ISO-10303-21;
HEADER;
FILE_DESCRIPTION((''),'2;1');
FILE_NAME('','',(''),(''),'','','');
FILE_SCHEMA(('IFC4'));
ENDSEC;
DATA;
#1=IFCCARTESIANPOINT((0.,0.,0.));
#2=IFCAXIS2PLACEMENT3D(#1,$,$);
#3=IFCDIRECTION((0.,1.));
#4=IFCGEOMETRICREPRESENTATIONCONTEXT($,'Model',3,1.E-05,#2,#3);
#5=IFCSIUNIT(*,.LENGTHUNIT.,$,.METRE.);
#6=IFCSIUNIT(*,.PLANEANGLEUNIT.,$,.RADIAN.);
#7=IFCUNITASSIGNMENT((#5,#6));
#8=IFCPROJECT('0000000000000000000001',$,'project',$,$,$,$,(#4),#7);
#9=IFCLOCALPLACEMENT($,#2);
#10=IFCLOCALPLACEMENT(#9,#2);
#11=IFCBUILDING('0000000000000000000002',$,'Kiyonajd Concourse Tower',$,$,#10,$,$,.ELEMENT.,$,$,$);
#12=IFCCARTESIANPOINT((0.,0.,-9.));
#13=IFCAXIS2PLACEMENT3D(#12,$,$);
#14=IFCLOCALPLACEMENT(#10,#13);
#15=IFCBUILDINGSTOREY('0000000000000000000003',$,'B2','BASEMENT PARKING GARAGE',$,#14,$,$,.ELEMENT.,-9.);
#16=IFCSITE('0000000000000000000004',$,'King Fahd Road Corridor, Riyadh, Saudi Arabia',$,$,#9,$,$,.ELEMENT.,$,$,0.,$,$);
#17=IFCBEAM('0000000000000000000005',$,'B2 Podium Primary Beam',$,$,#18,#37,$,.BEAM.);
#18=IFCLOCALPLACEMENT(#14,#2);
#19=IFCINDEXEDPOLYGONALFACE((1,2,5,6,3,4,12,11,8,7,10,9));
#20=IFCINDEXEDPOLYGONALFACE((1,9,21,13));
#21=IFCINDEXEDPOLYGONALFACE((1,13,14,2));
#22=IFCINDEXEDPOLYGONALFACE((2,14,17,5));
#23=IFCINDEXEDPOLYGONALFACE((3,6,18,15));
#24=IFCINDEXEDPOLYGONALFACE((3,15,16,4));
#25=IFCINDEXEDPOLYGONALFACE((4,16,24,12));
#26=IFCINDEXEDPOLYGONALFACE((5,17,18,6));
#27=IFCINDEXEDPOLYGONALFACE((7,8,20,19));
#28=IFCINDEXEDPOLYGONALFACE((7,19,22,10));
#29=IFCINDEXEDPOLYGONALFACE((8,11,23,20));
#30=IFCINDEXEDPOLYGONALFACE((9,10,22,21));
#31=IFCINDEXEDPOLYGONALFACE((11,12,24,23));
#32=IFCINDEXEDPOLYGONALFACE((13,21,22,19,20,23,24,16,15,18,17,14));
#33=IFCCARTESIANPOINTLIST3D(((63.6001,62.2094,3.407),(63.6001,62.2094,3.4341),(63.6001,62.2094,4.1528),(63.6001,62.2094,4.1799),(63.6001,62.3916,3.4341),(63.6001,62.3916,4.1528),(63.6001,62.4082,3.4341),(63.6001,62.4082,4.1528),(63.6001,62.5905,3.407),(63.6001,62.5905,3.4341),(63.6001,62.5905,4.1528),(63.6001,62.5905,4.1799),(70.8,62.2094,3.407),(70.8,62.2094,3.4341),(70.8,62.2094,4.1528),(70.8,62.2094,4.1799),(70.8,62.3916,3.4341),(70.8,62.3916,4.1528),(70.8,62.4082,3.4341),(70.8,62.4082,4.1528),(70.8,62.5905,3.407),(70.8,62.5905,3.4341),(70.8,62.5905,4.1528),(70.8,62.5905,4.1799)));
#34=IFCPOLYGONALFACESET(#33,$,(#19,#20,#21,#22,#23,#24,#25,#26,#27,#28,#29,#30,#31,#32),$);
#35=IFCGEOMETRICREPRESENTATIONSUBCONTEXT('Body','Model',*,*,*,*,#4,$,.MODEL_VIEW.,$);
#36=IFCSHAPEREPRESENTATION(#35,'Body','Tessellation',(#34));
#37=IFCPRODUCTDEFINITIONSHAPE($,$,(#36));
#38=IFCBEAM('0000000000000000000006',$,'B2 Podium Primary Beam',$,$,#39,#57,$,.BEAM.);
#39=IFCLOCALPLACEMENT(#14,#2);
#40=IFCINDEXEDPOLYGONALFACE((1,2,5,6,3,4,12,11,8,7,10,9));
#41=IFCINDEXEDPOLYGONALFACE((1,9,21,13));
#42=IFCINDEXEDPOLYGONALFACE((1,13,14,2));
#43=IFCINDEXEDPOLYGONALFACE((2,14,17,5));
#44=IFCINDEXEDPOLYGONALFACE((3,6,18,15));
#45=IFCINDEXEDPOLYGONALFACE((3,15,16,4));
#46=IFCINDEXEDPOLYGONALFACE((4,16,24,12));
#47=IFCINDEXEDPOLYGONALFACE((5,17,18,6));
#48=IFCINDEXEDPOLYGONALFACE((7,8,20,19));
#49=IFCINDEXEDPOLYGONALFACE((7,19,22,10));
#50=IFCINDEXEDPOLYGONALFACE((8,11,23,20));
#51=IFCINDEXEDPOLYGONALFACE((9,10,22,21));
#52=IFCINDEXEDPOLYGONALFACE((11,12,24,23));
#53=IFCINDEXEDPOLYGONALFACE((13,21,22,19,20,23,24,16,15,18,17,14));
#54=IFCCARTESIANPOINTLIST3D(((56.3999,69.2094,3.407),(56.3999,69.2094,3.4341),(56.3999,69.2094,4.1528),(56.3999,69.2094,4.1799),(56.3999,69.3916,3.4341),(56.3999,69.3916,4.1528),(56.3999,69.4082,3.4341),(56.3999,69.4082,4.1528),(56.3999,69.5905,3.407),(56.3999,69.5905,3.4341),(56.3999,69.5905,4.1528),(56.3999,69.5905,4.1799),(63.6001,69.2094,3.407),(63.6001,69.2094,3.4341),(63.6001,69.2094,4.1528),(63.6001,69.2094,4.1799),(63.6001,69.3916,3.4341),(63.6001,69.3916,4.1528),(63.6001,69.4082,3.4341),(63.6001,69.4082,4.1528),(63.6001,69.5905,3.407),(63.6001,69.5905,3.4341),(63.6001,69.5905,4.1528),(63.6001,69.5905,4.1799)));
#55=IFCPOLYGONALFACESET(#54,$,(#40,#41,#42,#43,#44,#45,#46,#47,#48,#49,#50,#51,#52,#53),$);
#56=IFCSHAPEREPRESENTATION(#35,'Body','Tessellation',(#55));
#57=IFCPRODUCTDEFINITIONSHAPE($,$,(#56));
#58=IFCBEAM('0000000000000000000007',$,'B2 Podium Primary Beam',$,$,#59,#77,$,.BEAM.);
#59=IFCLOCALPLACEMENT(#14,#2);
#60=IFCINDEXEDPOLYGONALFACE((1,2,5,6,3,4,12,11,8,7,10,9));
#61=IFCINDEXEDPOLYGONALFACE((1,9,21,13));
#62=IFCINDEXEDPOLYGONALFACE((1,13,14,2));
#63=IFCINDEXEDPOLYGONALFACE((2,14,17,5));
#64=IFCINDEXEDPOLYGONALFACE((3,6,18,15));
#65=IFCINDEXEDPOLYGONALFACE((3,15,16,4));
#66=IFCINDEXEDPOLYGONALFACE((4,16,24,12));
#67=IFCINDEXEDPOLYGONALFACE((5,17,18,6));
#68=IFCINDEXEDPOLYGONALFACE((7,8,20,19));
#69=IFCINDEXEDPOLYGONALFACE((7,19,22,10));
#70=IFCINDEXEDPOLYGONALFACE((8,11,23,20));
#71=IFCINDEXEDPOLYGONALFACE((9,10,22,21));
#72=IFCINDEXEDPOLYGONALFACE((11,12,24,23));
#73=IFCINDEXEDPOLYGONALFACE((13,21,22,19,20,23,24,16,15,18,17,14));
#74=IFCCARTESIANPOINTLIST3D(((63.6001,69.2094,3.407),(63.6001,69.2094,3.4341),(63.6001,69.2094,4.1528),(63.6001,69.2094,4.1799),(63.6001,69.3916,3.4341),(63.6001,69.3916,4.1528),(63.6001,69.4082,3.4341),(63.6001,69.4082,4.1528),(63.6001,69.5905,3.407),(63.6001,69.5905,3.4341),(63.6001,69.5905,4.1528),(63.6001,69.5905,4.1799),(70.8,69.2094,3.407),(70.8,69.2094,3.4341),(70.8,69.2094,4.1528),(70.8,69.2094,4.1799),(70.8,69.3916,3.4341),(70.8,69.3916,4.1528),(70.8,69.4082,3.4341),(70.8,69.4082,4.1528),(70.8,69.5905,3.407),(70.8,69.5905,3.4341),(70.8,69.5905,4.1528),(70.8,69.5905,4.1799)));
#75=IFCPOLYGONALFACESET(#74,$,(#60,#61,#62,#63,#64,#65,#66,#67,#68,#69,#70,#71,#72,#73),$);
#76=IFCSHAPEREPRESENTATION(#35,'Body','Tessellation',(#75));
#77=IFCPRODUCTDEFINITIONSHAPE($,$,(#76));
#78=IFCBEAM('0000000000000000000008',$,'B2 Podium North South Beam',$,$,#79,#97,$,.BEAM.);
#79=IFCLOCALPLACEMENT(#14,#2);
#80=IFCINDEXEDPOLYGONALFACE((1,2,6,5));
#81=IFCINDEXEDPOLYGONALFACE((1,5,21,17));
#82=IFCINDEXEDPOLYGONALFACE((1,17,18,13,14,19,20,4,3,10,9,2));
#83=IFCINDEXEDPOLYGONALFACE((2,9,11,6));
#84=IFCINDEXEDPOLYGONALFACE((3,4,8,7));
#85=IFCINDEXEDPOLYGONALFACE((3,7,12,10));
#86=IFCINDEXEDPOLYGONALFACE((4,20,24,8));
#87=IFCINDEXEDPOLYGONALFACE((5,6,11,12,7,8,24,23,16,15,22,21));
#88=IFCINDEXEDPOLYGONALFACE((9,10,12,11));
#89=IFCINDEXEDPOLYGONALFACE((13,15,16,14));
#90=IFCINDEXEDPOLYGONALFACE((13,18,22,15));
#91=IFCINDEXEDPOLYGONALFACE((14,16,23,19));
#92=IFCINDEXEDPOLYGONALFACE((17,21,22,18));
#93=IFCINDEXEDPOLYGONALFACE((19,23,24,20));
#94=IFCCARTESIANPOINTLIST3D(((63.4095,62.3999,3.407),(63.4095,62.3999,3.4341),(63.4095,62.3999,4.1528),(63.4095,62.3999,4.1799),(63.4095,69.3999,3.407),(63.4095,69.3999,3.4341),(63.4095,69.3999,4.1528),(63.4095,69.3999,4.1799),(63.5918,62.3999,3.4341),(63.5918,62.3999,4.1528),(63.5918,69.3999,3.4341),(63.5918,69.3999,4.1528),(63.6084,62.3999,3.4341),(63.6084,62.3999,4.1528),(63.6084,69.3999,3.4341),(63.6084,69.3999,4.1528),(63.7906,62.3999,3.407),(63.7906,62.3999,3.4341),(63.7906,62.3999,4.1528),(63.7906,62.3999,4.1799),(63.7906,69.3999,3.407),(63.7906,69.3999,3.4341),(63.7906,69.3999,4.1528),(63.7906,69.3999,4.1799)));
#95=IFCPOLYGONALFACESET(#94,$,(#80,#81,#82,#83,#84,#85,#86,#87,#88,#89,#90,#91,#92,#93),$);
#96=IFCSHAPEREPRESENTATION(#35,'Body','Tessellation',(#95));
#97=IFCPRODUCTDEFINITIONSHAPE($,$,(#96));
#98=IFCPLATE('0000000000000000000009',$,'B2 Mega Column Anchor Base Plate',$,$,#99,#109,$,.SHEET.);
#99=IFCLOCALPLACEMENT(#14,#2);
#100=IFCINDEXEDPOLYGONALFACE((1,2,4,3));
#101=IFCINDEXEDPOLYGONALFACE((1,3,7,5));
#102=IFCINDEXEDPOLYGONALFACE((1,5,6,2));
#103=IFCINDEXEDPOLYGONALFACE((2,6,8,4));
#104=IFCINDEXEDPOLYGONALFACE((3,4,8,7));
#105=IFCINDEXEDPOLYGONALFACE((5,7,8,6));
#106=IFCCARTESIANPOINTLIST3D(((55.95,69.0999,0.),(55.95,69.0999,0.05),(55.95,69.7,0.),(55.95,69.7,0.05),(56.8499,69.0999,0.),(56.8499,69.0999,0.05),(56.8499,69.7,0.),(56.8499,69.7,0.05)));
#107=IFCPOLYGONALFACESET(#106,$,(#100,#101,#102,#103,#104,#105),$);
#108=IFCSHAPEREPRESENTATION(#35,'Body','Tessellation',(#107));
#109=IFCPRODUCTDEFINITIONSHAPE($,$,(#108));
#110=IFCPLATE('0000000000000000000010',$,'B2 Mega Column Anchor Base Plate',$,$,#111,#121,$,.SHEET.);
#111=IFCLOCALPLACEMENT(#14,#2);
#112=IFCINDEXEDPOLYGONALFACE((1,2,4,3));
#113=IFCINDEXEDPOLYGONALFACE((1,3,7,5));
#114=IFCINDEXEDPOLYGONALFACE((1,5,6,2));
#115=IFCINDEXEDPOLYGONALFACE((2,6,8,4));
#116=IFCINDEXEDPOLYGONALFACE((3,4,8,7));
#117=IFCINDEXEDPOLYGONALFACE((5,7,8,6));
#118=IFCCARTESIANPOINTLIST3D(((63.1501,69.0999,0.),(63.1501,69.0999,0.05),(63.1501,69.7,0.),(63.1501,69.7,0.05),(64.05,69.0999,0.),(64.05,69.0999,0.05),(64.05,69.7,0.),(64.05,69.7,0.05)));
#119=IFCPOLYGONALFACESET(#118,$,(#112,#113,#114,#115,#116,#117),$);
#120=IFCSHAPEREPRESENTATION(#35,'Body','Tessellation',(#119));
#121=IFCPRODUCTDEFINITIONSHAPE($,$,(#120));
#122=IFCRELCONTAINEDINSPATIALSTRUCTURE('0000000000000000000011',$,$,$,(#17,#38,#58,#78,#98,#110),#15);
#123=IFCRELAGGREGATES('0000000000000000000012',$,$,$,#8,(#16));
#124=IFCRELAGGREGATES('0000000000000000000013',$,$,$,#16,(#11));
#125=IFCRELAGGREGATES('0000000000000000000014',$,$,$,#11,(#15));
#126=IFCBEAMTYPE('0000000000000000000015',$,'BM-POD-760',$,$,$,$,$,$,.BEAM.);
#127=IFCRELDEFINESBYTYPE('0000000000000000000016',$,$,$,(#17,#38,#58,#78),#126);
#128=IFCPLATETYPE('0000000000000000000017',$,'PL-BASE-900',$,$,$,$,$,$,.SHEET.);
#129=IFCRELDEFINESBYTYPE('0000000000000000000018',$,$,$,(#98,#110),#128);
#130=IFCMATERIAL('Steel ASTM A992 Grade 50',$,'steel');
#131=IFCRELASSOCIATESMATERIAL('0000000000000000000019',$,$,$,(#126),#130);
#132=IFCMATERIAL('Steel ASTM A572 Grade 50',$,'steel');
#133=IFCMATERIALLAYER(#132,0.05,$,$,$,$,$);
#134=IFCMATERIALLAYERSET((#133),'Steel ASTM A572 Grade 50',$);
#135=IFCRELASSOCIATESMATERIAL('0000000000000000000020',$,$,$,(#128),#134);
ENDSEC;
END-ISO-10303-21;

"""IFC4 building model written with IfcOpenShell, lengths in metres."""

from ifc_helpers import new_model, si_unit, direction, frame, origin, origin_2d, place, context, subcontext, project, spatial, rectangle, i_section, extrude, material, layer, layer_set, material_profile, profile_set, type_object, element, save


model = new_model("IFC4")

# Units and contexts
model_context = context("Model", 3, precision=1e-05, world=origin(), true_north=direction((0.0, 1.0)))
body_context = subcontext(model_context, "Body", "Model", "MODEL_VIEW")
ifc_project = project(units=[si_unit("LENGTHUNIT", "METRE"), si_unit("PLANEANGLEUNIT", "RADIAN")], contexts=[model_context])

# Site, building, storey
site_placement = place(None, origin())
site = spatial("IfcSite", under=ifc_project, at=site_placement, Name="King Fahd Road Corridor, Riyadh, Saudi Arabia", CompositionType="ELEMENT", RefElevation=0.0)
building_placement = place(site_placement, origin())
building = spatial("IfcBuilding", under=site, at=building_placement, Name="Kiyonajd Concourse Tower", CompositionType="ELEMENT")
storey_placement = place(building_placement, frame((0.0, 0.0, -9.0)))
storey = spatial("IfcBuildingStorey", under=building, at=storey_placement, Name="B2", Description="BASEMENT PARKING GARAGE", CompositionType="ELEMENT", Elevation=-9.0)

# Shared definitions
ifc_material_1 = material(Name="Steel ASTM A572 Grade 50", Category="steel")

# Beams
ifc_material_2 = material(Name="Steel ASTM A992 Grade 50", Category="steel")
ifc_material_profile_1 = material_profile(ifc_material_2, i_section(OverallWidth=0.3811, OverallDepth=0.7729, WebThickness=0.0166, FlangeThickness=0.0271, at=origin_2d()), Name="W760X257")
ifc_profile_set_1 = profile_set([ifc_material_profile_1], Name="Steel ASTM A992 Grade 50")
beam_type = type_object("IfcBeamType", Name="BM-POD-760", PredefinedType="BEAM", material=ifc_profile_set_1)
beam_1_placement = place(storey_placement, frame((63.6001, 62.3999, 3.7935), z_axis=(1.0, 0.0, 0.0), x_axis=(0.0, 1.0, 0.0)))
element("IfcBeam", 1, at=beam_1_placement, inside=storey, type_object=beam_type, Name="B2 Podium Primary Beam", PredefinedType="BEAM", context=body_context, shape_type="SweptSolid", body=[
    extrude(i_section(OverallWidth=0.3811, OverallDepth=0.7729, WebThickness=0.0166, FlangeThickness=0.0271, at=origin_2d()), origin(), (0.0, 0.0, 1.0), 7.2),
])
beam_2_placement = place(storey_placement, frame((56.3999, 69.3999, 3.7935), z_axis=(1.0, 0.0, 0.0), x_axis=(0.0, 1.0, 0.0)))
element("IfcBeam", 2, at=beam_2_placement, inside=storey, type_object=beam_type, Name="B2 Podium Primary Beam", PredefinedType="BEAM", context=body_context, shape_type="SweptSolid", body=[
    extrude(i_section(OverallWidth=0.3811, OverallDepth=0.7729, WebThickness=0.0166, FlangeThickness=0.0271, at=origin_2d()), origin(), (0.0, 0.0, 1.0), 7.2002),
])
beam_3_placement = place(storey_placement, frame((63.6001, 69.3999, 3.7935), z_axis=(1.0, 0.0, 0.0), x_axis=(0.0, 1.0, 0.0)))
element("IfcBeam", 3, at=beam_3_placement, inside=storey, type_object=beam_type, Name="B2 Podium Primary Beam", PredefinedType="BEAM", context=body_context, shape_type="SweptSolid", body=[
    extrude(i_section(OverallWidth=0.3811, OverallDepth=0.7729, WebThickness=0.0166, FlangeThickness=0.0271, at=origin_2d()), origin(), (0.0, 0.0, 1.0), 7.2),
])
beam_4_placement = place(storey_placement, frame((63.6001, 62.3999, 3.7935), z_axis=(0.0, 1.0, 0.0), x_axis=(-1.0, 0.0, 0.0)))
element("IfcBeam", 4, at=beam_4_placement, inside=storey, type_object=beam_type, Name="B2 Podium North South Beam", PredefinedType="BEAM", context=body_context, shape_type="SweptSolid", body=[
    extrude(i_section(OverallWidth=0.3811, OverallDepth=0.7729, WebThickness=0.0166, FlangeThickness=0.0271, at=origin_2d()), origin(), (0.0, 0.0, 1.0), 7.0),
])

# Plates
ifc_layer = layer(ifc_material_1, 0.05)
ifc_layer_set = layer_set([ifc_layer], Name="Steel ASTM A572 Grade 50")
plate_type = type_object("IfcPlateType", Name="PL-BASE-900", PredefinedType="SHEET", material=ifc_layer_set)
for number, where, z_axis, x_axis, name in (
    (5, (56.3999, 69.3999, 0.0), (0.0, 0.0, 1.0), (1.0, 0.0, 0.0), "B2 Mega Column Anchor Base Plate"),
    (6, (63.6001, 69.3999, 0.0), (0.0, 0.0, 1.0), (1.0, 0.0, 0.0), "B2 Mega Column Anchor Base Plate"),
):
    element("IfcPlate", number, at=place(storey_placement, frame(where, z_axis=z_axis, x_axis=x_axis)), inside=storey, type_object=plate_type, Name=name, PredefinedType="SHEET", context=body_context, shape_type="SweptSolid", body=[
        extrude(rectangle(XDim=0.8999, YDim=0.6001, at=origin_2d()), origin(), (0.0, 0.0, 1.0), 0.05),
    ])

save(model, "model.ifc")
